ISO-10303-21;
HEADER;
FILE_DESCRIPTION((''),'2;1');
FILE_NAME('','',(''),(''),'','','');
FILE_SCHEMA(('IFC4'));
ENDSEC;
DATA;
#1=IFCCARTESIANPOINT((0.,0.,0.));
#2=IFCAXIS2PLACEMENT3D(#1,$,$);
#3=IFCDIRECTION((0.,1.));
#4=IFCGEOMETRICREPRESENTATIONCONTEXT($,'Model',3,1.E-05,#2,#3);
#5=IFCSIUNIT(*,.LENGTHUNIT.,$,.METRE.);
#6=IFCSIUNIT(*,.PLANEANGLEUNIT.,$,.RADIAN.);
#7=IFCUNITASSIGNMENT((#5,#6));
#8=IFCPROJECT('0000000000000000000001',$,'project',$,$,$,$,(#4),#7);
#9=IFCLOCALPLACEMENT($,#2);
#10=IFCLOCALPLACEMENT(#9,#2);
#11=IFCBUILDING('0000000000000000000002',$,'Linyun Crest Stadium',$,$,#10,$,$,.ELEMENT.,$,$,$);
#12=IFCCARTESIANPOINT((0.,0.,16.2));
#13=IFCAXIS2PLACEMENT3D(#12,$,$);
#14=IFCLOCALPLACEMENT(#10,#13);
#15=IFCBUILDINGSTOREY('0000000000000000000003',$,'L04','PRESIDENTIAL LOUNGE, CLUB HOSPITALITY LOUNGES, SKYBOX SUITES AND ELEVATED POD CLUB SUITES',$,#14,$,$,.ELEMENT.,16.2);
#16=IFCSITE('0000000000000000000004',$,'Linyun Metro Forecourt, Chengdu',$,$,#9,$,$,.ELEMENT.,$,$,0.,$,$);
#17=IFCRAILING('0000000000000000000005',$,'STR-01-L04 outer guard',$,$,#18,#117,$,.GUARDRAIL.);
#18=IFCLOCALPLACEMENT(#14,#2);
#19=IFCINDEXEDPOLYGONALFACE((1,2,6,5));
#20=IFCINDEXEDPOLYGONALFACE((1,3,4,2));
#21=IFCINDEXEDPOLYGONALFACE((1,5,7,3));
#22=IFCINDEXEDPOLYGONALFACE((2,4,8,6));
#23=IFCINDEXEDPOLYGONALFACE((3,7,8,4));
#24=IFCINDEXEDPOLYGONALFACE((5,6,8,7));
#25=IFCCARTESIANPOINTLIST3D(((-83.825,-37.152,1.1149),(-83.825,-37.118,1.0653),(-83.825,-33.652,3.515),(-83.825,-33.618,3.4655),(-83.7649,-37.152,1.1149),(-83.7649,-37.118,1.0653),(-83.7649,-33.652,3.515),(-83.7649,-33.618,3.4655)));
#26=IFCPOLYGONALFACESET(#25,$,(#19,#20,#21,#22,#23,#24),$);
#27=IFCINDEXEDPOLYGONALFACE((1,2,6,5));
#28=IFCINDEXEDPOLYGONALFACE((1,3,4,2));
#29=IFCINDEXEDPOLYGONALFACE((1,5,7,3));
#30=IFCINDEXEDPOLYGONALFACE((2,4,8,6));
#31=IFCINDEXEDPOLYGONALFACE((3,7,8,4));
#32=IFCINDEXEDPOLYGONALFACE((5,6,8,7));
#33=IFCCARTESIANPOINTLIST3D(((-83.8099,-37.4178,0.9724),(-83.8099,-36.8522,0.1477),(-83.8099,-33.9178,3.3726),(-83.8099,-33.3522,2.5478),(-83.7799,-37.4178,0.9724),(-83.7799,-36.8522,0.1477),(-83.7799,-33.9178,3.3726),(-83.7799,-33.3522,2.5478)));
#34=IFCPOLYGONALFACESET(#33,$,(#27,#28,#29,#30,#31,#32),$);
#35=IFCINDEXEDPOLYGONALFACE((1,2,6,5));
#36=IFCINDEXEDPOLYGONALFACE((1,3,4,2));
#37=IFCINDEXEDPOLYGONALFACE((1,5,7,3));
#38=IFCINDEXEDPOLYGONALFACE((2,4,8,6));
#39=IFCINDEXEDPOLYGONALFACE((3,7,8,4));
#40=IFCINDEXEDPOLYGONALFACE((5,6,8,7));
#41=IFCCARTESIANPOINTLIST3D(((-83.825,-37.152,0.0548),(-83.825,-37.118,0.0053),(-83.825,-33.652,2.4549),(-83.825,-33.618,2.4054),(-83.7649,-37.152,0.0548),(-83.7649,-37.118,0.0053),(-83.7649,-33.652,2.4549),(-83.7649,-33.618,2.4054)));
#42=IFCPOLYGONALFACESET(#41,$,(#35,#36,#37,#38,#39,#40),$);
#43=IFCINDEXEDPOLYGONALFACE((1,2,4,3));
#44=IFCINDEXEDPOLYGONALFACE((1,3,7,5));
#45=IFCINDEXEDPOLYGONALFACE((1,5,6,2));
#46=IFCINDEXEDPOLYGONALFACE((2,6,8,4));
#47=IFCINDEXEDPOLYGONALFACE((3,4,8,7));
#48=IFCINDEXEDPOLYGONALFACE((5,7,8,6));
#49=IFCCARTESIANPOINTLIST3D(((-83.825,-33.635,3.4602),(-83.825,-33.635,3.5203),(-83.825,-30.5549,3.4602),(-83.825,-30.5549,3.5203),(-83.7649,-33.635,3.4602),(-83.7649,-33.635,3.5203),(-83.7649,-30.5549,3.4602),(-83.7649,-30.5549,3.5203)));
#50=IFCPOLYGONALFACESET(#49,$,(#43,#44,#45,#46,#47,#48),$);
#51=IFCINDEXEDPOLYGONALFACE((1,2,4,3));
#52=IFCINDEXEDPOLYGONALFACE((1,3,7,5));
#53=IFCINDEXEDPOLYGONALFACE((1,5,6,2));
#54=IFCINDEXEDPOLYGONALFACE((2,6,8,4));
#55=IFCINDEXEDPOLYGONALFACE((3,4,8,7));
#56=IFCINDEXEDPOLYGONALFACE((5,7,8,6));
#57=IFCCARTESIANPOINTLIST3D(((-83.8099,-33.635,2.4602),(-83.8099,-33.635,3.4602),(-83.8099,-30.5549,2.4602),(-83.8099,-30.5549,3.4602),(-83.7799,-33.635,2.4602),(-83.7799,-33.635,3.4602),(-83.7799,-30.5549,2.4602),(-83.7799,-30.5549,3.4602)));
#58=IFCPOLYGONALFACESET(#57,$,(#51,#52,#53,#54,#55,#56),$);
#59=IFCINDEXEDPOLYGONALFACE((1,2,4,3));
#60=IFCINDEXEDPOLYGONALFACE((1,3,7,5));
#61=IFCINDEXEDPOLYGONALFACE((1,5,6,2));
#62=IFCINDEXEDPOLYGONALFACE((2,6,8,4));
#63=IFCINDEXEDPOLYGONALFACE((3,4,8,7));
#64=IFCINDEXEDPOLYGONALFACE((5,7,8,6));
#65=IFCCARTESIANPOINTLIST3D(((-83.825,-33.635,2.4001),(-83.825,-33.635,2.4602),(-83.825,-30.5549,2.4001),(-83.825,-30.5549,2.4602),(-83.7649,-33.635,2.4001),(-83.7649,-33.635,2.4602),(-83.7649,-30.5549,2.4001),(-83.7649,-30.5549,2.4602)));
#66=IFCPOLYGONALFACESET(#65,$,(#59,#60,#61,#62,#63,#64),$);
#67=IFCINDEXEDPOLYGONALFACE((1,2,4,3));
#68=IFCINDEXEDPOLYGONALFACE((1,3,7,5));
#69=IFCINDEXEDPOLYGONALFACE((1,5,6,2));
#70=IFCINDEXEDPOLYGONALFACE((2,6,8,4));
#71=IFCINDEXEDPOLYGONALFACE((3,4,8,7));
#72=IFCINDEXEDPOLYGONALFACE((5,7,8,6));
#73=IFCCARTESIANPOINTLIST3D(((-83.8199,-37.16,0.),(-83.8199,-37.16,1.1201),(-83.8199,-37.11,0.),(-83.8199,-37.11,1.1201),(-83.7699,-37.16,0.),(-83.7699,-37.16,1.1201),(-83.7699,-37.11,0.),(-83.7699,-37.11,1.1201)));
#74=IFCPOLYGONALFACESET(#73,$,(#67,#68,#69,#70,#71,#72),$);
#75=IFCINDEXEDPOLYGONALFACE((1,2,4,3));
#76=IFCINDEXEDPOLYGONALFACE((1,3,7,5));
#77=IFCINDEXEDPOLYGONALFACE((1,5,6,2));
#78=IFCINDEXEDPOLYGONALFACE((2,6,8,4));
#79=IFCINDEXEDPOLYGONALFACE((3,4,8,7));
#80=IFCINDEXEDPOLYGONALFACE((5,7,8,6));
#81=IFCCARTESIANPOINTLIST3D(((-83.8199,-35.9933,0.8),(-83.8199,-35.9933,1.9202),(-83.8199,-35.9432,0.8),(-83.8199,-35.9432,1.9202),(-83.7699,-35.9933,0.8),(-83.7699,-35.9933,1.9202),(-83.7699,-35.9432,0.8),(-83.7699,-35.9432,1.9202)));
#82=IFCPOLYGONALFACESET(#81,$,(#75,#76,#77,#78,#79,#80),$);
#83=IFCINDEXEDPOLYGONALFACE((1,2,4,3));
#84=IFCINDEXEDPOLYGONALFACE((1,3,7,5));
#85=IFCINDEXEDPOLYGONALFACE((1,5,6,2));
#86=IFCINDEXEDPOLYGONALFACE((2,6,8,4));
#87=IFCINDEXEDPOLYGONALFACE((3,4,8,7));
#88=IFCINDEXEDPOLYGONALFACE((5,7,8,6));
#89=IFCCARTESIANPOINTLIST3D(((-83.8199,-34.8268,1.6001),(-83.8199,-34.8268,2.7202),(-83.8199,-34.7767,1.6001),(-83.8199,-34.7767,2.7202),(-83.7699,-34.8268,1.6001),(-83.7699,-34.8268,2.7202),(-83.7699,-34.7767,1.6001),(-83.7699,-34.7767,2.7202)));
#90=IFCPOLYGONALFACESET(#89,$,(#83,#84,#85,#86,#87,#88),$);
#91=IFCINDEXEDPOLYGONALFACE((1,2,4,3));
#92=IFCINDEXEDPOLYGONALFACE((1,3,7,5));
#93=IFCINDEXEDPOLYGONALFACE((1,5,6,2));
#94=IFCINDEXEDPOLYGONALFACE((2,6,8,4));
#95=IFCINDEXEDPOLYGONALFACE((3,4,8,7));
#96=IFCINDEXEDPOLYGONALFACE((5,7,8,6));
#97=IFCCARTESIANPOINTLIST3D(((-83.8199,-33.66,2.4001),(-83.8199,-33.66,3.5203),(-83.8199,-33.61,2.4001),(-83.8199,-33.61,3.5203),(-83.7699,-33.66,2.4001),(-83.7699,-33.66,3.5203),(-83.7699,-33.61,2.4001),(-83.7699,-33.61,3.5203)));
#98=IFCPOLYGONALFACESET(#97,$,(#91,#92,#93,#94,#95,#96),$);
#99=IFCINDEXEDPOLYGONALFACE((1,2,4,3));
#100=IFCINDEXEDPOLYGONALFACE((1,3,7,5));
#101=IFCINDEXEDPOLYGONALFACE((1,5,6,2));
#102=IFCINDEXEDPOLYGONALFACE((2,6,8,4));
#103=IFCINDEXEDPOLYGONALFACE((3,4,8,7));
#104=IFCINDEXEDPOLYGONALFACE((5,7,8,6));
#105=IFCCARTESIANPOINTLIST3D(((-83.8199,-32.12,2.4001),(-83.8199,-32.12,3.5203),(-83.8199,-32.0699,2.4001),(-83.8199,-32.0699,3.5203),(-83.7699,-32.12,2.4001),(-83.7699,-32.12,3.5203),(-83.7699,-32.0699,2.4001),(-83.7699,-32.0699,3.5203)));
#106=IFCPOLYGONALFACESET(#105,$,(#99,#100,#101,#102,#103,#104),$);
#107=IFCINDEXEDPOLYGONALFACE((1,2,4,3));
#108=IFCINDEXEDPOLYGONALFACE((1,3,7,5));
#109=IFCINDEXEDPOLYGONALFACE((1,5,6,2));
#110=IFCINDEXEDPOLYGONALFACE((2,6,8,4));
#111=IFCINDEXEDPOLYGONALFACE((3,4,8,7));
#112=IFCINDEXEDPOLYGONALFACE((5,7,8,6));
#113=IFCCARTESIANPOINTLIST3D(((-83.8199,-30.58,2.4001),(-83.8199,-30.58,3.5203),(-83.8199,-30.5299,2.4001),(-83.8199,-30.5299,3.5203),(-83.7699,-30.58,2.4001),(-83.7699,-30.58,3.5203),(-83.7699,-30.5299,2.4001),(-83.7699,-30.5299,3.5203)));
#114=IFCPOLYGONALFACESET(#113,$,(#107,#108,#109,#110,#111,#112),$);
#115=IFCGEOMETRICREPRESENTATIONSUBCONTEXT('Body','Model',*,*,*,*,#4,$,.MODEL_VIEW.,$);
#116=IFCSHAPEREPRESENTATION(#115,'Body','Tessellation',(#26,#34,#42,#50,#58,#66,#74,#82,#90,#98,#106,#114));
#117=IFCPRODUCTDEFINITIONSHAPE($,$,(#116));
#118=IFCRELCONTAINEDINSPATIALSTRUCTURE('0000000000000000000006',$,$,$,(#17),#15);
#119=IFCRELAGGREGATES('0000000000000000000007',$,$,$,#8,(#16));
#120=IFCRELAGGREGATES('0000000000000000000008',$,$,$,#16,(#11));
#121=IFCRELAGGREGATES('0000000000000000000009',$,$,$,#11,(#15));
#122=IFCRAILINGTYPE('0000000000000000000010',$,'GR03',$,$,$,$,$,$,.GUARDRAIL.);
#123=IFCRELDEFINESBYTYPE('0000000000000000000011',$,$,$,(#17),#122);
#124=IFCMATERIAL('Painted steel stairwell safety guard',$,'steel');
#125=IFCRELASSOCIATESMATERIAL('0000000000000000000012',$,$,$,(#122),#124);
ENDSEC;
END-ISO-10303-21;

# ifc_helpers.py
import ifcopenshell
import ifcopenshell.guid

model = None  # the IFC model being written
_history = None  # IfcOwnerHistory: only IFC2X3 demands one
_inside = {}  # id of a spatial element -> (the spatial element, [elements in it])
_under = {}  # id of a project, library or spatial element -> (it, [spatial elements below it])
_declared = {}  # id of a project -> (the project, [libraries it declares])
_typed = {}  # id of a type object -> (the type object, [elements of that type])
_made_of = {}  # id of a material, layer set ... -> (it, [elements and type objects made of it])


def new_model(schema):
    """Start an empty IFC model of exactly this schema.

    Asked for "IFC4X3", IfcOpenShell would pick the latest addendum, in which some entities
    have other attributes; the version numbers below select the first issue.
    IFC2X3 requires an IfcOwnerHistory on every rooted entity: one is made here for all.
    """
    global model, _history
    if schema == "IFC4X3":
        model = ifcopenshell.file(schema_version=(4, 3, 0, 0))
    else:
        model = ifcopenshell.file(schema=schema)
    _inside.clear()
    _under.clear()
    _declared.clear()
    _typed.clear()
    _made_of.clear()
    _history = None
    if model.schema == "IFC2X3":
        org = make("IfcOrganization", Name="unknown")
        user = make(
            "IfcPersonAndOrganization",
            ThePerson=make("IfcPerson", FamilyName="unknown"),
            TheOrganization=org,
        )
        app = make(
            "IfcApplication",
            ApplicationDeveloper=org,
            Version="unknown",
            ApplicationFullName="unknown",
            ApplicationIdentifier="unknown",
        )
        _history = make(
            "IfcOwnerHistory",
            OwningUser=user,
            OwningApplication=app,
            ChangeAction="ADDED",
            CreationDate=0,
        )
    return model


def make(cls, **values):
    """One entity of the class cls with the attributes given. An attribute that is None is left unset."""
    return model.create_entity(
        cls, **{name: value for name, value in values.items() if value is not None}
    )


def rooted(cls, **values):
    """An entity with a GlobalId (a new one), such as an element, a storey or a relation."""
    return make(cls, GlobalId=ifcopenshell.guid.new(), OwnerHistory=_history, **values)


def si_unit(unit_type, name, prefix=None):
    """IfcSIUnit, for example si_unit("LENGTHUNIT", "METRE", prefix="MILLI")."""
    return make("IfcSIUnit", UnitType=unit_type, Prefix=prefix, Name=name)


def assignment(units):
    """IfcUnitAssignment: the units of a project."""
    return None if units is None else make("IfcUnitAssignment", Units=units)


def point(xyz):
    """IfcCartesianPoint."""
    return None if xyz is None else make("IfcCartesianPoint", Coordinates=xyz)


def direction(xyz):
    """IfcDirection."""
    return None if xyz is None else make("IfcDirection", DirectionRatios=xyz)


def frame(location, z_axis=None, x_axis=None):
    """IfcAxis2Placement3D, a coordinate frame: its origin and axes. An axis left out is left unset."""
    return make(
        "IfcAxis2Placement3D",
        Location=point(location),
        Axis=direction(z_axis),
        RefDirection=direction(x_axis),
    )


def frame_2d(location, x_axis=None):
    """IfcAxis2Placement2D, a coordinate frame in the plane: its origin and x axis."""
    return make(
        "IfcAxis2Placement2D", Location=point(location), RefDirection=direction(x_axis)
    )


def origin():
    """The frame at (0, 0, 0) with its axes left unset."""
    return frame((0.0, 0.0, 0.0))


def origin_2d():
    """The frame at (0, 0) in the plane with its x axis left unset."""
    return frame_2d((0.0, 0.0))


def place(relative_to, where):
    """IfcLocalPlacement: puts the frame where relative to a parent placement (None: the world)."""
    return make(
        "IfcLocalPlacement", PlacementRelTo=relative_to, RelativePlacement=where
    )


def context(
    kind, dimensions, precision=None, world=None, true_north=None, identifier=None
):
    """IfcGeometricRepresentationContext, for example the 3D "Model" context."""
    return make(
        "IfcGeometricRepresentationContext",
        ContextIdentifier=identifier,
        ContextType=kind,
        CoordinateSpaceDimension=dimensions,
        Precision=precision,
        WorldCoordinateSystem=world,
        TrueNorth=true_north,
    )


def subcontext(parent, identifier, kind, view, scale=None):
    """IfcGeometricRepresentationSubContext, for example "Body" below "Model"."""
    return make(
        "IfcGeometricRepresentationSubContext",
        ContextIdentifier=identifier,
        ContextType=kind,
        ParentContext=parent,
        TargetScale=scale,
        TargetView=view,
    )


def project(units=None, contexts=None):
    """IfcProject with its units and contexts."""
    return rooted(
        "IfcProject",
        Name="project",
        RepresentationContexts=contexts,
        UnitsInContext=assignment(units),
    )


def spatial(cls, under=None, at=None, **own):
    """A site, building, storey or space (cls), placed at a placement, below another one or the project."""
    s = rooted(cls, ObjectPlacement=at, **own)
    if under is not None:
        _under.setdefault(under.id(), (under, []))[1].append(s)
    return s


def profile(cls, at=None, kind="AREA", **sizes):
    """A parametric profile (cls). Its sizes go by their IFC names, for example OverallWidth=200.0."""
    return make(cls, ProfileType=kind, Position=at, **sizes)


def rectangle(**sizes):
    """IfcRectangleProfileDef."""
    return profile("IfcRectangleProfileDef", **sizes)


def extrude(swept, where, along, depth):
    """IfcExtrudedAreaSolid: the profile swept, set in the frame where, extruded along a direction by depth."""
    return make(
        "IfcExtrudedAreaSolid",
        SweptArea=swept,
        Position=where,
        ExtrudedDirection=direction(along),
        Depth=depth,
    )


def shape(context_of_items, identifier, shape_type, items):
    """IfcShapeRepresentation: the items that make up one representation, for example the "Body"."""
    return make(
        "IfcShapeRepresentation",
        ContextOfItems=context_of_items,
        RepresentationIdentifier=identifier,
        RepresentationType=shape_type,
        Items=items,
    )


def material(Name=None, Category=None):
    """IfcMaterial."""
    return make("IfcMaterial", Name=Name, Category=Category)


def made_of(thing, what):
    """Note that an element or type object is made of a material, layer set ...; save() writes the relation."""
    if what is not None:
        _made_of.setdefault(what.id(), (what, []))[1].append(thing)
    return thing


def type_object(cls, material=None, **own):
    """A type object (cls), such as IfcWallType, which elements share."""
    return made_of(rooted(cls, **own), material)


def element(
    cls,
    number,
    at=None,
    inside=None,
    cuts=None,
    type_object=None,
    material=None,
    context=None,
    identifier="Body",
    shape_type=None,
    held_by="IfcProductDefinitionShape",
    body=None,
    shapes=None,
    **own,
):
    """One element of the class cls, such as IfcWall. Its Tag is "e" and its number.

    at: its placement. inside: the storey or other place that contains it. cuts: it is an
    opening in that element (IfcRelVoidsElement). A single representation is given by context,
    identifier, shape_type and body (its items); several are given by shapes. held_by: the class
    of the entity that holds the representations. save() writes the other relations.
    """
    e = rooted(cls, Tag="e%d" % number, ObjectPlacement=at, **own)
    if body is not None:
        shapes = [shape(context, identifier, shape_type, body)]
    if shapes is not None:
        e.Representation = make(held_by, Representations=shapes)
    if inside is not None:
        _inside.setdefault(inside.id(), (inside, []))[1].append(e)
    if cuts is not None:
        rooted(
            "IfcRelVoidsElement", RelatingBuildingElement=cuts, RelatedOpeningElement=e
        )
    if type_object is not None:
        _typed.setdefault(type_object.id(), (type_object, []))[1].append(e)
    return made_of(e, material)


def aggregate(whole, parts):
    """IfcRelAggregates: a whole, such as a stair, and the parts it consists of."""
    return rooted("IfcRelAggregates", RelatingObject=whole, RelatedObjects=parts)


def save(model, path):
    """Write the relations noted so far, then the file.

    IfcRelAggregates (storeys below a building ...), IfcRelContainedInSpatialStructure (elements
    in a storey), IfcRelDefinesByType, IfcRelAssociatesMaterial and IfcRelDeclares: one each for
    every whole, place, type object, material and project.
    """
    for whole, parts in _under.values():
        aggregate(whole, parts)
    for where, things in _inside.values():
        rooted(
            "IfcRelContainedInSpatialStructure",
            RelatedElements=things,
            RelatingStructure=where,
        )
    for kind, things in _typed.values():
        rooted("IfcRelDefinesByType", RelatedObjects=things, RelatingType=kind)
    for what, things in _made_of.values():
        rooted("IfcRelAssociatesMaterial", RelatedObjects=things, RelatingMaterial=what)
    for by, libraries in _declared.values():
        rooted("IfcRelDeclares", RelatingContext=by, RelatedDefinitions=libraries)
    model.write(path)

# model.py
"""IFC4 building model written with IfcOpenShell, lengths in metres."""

from ifc_helpers import new_model, si_unit, direction, frame, origin, origin_2d, place, context, subcontext, project, spatial, rectangle, extrude, material, type_object, element, save


model = new_model("IFC4")

# Units and contexts
model_context = context("Model", 3, precision=1e-05, world=origin(), true_north=direction((0.0, 1.0)))
body_context = subcontext(model_context, "Body", "Model", "MODEL_VIEW")
ifc_project = project(units=[si_unit("LENGTHUNIT", "METRE"), si_unit("PLANEANGLEUNIT", "RADIAN")], contexts=[model_context])

# Site, building, storey
site_placement = place(None, origin())
site = spatial("IfcSite", under=ifc_project, at=site_placement, Name="Linyun Metro Forecourt, Chengdu", CompositionType="ELEMENT", RefElevation=0.0)
building_placement = place(site_placement, origin())
building = spatial("IfcBuilding", under=site, at=building_placement, Name="Linyun Crest Stadium", CompositionType="ELEMENT")
storey_placement = place(building_placement, frame((0.0, 0.0, 16.2)))
storey = spatial("IfcBuildingStorey", under=building, at=storey_placement, Name="L04", Description="PRESIDENTIAL LOUNGE, CLUB HOSPITALITY LOUNGES, SKYBOX SUITES AND ELEVATED POD CLUB SUITES", CompositionType="ELEMENT", Elevation=16.2)

# Railing
ifc_material_1 = material(Name="Painted steel stairwell safety guard", Category="steel")
railing_type_1 = type_object("IfcRailingType", Name="GR03", PredefinedType="GUARDRAIL", material=ifc_material_1)
railing_1_placement = place(storey_placement, frame((-83.7949, -37.135, 0.0)))
element("IfcRailing", 1, at=railing_1_placement, inside=storey, type_object=railing_type_1, Name="STR-01-L04 outer guard", PredefinedType="GUARDRAIL", context=body_context, shape_type="SweptSolid", body=[
    extrude(rectangle(XDim=0.0601, YDim=0.0601, at=origin_2d()), frame((0.0, 0.0, 1.0901), z_axis=(0.0, 0.824713, 0.565552), x_axis=(-1.0, 0.0, 0.0)), (0.0, 0.0, 1.0), 4.2439),
    extrude(rectangle(XDim=0.03, YDim=1.0, at=origin_2d()), frame((0.0, 0.0, 0.5601), z_axis=(0.0, 0.824713, 0.565552), x_axis=(-1.0, 0.0, 0.0)), (0.0, 0.0, 1.0), 4.2439),
    extrude(rectangle(XDim=0.0601, YDim=0.0601, at=origin_2d()), frame((0.0, 0.0, 0.03), z_axis=(0.0, 0.824713, 0.565552), x_axis=(-1.0, 0.0, 0.0)), (0.0, 0.0, 1.0), 4.2439),
    extrude(rectangle(XDim=0.0601, YDim=0.0601, at=origin_2d()), frame((0.0, 3.5, 3.4902), z_axis=(0.0, 1.0, 0.0), x_axis=(-1.0, 0.0, 0.0)), (0.0, 0.0, 1.0), 3.0801),
    extrude(rectangle(XDim=0.03, YDim=1.0, at=origin_2d()), frame((0.0, 3.5, 2.9602), z_axis=(0.0, 1.0, 0.0), x_axis=(-1.0, 0.0, 0.0)), (0.0, 0.0, 1.0), 3.0801),
    extrude(rectangle(XDim=0.0601, YDim=0.0601, at=origin_2d()), frame((0.0, 3.5, 2.4302), z_axis=(0.0, 1.0, 0.0), x_axis=(-1.0, 0.0, 0.0)), (0.0, 0.0, 1.0), 3.0801),
    extrude(rectangle(XDim=0.05, YDim=0.05, at=origin_2d()), origin(), (0.0, 0.0, 1.0), 1.1201),
    extrude(rectangle(XDim=0.05, YDim=0.05, at=origin_2d()), frame((0.0, 1.1667, 0.8)), (0.0, 0.0, 1.0), 1.1201),
    extrude(rectangle(XDim=0.05, YDim=0.05, at=origin_2d()), frame((0.0, 2.3333, 1.6001)), (0.0, 0.0, 1.0), 1.1201),
    extrude(rectangle(XDim=0.05, YDim=0.05, at=origin_2d()), frame((0.0, 3.5, 2.4001)), (0.0, 0.0, 1.0), 1.1201),
    extrude(rectangle(XDim=0.05, YDim=0.05, at=origin_2d()), frame((0.0, 5.04, 2.4001)), (0.0, 0.0, 1.0), 1.1201),
    extrude(rectangle(XDim=0.05, YDim=0.05, at=origin_2d()), frame((0.0, 6.5801, 2.4001)), (0.0, 0.0, 1.0), 1.1201),
])

save(model, "model.ifc")
